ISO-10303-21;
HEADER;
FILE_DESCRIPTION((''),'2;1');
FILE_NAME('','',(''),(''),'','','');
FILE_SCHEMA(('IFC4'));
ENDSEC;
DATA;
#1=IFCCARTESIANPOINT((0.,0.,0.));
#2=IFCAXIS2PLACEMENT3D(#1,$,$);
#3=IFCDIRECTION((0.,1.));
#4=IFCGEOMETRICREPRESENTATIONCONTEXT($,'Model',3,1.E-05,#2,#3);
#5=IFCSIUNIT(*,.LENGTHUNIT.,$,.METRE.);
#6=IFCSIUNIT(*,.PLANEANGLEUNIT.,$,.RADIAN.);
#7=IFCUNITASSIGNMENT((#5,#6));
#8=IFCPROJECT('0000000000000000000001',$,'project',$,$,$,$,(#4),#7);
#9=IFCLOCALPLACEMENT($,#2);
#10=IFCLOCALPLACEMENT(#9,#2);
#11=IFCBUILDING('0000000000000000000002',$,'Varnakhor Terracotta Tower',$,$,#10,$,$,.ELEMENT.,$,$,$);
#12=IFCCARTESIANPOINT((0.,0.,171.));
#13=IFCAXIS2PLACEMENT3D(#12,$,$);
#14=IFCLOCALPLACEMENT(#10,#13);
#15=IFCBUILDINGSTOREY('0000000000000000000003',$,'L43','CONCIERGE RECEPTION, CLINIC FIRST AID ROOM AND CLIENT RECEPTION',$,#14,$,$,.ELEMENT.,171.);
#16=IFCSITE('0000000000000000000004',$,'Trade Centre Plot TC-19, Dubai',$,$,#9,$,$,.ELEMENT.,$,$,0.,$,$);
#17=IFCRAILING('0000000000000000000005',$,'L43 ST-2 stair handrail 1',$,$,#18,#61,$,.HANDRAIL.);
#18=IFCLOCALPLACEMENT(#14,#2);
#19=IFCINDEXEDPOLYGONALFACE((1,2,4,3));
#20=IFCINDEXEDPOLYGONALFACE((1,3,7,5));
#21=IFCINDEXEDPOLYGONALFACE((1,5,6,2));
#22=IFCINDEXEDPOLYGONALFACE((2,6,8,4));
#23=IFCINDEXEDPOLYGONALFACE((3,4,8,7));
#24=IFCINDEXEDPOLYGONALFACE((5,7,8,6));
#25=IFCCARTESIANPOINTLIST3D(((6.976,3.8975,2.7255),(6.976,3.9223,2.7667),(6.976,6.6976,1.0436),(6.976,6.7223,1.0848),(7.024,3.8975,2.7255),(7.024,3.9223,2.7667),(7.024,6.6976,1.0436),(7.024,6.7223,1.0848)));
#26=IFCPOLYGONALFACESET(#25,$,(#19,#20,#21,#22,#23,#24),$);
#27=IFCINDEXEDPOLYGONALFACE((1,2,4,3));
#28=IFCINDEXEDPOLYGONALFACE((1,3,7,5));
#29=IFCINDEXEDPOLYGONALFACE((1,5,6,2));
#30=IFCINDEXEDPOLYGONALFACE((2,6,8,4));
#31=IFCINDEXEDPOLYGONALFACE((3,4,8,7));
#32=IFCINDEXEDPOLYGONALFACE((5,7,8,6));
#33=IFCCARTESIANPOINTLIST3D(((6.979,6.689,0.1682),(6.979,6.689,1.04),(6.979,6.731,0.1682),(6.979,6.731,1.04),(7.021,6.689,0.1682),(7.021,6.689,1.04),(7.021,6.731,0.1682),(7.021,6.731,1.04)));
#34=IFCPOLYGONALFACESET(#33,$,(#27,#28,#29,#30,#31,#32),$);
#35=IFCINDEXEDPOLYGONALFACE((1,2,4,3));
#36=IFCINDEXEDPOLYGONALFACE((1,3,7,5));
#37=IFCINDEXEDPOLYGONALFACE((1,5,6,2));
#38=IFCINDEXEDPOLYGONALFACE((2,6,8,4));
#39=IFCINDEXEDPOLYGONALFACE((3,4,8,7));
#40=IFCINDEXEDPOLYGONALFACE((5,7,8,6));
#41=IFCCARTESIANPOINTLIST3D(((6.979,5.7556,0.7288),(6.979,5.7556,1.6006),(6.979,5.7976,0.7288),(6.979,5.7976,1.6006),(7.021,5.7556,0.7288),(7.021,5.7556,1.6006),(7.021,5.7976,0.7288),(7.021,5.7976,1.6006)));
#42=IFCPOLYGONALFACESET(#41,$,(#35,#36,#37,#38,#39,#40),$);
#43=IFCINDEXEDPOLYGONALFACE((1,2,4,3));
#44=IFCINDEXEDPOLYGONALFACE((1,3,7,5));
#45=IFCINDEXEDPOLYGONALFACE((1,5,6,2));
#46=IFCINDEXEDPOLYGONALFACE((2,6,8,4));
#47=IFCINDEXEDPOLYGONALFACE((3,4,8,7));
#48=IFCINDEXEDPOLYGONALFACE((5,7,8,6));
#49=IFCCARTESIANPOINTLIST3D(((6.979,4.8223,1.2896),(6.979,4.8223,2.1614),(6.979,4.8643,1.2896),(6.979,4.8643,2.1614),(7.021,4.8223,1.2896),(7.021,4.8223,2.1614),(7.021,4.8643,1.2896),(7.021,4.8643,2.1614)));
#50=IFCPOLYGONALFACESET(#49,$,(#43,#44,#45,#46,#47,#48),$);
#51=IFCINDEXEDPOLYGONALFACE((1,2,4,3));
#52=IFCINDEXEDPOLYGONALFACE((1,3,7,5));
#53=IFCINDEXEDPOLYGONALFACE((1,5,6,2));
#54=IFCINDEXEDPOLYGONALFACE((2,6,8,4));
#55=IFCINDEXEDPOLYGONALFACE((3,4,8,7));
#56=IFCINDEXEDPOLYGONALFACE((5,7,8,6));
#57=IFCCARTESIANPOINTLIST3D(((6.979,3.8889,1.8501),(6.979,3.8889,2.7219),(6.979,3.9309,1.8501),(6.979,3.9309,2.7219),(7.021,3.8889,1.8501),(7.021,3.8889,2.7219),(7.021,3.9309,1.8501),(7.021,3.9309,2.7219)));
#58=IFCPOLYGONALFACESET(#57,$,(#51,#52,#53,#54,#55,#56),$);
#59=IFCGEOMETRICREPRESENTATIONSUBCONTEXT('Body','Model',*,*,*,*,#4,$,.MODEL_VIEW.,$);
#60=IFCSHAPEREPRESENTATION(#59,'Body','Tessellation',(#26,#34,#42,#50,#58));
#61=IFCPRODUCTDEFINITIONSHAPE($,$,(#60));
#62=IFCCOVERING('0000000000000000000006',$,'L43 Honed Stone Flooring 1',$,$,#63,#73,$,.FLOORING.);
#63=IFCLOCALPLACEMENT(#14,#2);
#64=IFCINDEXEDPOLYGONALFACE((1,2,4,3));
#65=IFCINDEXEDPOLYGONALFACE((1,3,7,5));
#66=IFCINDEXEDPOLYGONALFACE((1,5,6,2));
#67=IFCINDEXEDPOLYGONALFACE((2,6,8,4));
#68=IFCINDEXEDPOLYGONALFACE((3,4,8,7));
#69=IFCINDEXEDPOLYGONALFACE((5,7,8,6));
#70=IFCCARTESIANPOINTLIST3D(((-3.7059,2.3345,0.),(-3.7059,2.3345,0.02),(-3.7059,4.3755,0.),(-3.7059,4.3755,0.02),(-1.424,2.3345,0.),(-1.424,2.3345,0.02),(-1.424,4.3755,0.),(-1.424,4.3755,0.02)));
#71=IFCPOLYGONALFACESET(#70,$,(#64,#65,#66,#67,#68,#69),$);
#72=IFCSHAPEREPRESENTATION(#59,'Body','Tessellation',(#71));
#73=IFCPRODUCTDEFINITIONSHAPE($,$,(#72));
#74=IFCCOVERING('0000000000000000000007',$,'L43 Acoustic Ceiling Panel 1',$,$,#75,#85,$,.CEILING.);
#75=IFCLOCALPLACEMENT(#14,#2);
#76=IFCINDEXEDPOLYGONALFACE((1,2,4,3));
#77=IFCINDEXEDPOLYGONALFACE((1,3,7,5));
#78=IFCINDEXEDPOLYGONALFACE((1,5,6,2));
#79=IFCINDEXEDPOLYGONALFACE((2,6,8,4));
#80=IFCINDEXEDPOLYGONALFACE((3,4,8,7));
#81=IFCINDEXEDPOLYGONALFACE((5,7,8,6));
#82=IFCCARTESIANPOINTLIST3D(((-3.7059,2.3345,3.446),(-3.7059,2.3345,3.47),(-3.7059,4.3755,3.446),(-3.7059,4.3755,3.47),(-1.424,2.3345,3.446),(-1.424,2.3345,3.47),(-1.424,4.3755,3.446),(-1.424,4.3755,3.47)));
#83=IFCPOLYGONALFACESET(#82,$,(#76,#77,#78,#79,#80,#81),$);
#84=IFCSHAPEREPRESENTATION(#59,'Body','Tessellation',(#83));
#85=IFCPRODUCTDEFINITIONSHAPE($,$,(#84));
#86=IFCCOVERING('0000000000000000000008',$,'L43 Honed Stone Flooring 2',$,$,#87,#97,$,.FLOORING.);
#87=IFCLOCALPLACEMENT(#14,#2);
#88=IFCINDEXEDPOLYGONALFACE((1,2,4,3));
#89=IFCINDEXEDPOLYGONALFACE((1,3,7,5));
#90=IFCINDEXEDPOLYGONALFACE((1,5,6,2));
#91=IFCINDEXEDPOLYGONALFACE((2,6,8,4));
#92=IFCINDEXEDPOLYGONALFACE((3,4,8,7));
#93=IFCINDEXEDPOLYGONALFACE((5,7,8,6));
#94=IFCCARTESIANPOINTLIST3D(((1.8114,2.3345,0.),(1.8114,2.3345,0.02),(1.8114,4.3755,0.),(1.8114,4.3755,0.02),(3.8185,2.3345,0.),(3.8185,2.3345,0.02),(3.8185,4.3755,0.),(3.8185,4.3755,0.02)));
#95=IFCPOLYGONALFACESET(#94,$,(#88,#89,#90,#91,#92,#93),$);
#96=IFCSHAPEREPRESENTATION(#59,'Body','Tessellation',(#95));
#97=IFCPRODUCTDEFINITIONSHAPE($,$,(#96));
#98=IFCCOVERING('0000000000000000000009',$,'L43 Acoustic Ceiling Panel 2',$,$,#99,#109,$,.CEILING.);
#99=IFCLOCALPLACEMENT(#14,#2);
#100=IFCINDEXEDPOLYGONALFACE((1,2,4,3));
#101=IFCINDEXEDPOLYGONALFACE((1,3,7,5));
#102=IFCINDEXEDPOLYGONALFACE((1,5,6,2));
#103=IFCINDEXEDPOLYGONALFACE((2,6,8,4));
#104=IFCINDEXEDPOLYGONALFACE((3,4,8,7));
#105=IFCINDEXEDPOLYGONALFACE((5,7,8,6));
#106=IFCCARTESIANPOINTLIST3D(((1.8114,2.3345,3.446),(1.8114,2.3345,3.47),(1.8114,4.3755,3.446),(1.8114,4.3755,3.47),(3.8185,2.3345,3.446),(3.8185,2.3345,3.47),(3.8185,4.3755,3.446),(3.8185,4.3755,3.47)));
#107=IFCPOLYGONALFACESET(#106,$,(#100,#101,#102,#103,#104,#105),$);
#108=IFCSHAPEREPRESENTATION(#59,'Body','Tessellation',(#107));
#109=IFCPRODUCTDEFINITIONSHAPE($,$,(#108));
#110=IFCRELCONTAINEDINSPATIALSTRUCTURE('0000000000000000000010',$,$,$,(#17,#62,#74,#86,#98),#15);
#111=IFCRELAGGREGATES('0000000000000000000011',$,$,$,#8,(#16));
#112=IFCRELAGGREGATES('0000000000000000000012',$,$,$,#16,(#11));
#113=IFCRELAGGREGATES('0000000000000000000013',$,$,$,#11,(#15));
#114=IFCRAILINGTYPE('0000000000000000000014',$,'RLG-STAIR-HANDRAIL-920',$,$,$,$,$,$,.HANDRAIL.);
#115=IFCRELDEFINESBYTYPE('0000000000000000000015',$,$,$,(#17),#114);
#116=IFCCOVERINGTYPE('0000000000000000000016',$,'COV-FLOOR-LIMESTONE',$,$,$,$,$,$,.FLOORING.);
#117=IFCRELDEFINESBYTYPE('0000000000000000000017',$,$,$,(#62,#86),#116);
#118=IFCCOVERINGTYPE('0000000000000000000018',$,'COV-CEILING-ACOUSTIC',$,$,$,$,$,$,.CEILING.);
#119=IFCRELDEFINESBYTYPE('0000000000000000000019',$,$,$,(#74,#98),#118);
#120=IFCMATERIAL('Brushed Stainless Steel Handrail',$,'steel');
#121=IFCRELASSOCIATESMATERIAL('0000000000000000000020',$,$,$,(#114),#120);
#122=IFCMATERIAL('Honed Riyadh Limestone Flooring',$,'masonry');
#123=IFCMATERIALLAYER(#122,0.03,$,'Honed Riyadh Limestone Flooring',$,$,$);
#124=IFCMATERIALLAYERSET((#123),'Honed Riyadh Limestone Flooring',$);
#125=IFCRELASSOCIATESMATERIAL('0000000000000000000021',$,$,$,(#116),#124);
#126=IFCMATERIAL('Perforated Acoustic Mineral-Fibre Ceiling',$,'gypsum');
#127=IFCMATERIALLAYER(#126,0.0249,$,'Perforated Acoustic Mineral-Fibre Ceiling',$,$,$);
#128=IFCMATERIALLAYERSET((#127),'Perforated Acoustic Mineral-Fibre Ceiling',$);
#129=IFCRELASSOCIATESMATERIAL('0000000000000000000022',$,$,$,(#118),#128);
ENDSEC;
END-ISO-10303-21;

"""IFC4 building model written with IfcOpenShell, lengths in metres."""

from ifc_helpers import new_model, si_unit, direction, frame, origin, origin_2d, place, context, subcontext, project, spatial, rectangle, extrude, source, transform, mapped, material, layer, layer_set, type_object, element, save


model = new_model("IFC4")

# Units and contexts
model_context = context("Model", 3, precision=1e-05, world=origin(), true_north=direction((0.0, 1.0)))
body_context = subcontext(model_context, "Body", "Model", "MODEL_VIEW")
ifc_project = project(units=[si_unit("LENGTHUNIT", "METRE"), si_unit("PLANEANGLEUNIT", "RADIAN")], contexts=[model_context])

# Site, building, storey
site_placement = place(None, origin())
site = spatial("IfcSite", under=ifc_project, at=site_placement, Name="Trade Centre Plot TC-19, Dubai", CompositionType="ELEMENT", RefElevation=0.0)
building_placement = place(site_placement, origin())
building = spatial("IfcBuilding", under=site, at=building_placement, Name="Varnakhor Terracotta Tower", CompositionType="ELEMENT")
storey_placement = place(building_placement, frame((0.0, 0.0, 171.0)))
storey = spatial("IfcBuildingStorey", under=building, at=storey_placement, Name="L43", Description="CONCIERGE RECEPTION, CLINIC FIRST AID ROOM AND CLIENT RECEPTION", CompositionType="ELEMENT", Elevation=171.0)

# Railing
ifc_material_1 = material(Name="Brushed Stainless Steel Handrail", Category="steel")
railing_type_1 = type_object("IfcRailingType", Name="RLG-STAIR-HANDRAIL-920", PredefinedType="HANDRAIL", material=ifc_material_1)
railing_1_placement = place(storey_placement, frame((7.0, 6.71, 0.1682)))
element("IfcRailing", 1, at=railing_1_placement, inside=storey, type_object=railing_type_1, Name="L43 ST-2 stair handrail 1", PredefinedType="HANDRAIL", context=body_context, shape_type="SweptSolid", body=[
    extrude(rectangle(XDim=0.0481, YDim=0.0481, at=origin_2d()), frame((0.0, 0.0, 0.896), z_axis=(0.0, -0.857242, 0.514913), x_axis=(1.0, 0.0, 0.0)), (0.0, 0.0, 1.0), 3.2664),
    extrude(rectangle(XDim=0.042, YDim=0.042, at=origin_2d()), origin(), (0.0, 0.0, 1.0), 0.8718),
    extrude(rectangle(XDim=0.042, YDim=0.042, at=origin_2d()), frame((0.0, -0.9333, 0.5605)), (0.0, 0.0, 1.0), 0.8718),
    extrude(rectangle(XDim=0.042, YDim=0.042, at=origin_2d()), frame((0.0, -1.8667, 1.1213)), (0.0, 0.0, 1.0), 0.8718),
    extrude(rectangle(XDim=0.042, YDim=0.042, at=origin_2d()), frame((0.0, -2.8, 1.6819)), (0.0, 0.0, 1.0), 0.8718),
])

# Coverings
ifc_material_2 = material(Name="Honed Riyadh Limestone Flooring", Category="masonry")
ifc_layer_1 = layer(ifc_material_2, 0.03, Name="Honed Riyadh Limestone Flooring")
ifc_layer_set_1 = layer_set([ifc_layer_1], Name="Honed Riyadh Limestone Flooring")
covering_type_1 = type_object("IfcCoveringType", Name="COV-FLOOR-LIMESTONE", PredefinedType="FLOORING", material=ifc_layer_set_1)
shared_shape_1 = source(origin(), body_context, "Body", "SweptSolid", [
    extrude(rectangle(XDim=2.282, YDim=2.041, at=origin_2d()), origin(), (0.0, 0.0, 1.0), 0.02),
])
covering_1_placement = place(storey_placement, frame((-2.5649, 3.355, 0.0), z_axis=(0.0, 0.0, 1.0), x_axis=(1.0, 0.0, 0.0)))
element("IfcCovering", 2, at=covering_1_placement, inside=storey, type_object=covering_type_1, Name="L43 Honed Stone Flooring 1", PredefinedType="FLOORING", context=body_context, shape_type="MappedRepresentation", body=[
    mapped(shared_shape_1, transform((0.0, 0.0, 0.0), scale=1.0)),
])
ifc_material_3 = material(Name="Perforated Acoustic Mineral-Fibre Ceiling", Category="gypsum")
ifc_layer_2 = layer(ifc_material_3, 0.0249, Name="Perforated Acoustic Mineral-Fibre Ceiling")
ifc_layer_set_2 = layer_set([ifc_layer_2], Name="Perforated Acoustic Mineral-Fibre Ceiling")
covering_type_2 = type_object("IfcCoveringType", Name="COV-CEILING-ACOUSTIC", PredefinedType="CEILING", material=ifc_layer_set_2)
shared_shape_2 = source(origin(), body_context, "Body", "SweptSolid", [
    extrude(rectangle(XDim=2.282, YDim=2.041, at=origin_2d()), origin(), (0.0, 0.0, 1.0), 0.0239),
])
covering_2_placement = place(storey_placement, frame((-2.5649, 3.355, 3.446), z_axis=(0.0, 0.0, 1.0), x_axis=(1.0, 0.0, 0.0)))
element("IfcCovering", 3, at=covering_2_placement, inside=storey, type_object=covering_type_2, Name="L43 Acoustic Ceiling Panel 1", PredefinedType="CEILING", context=body_context, shape_type="MappedRepresentation", body=[
    mapped(shared_shape_2, transform((0.0, 0.0, 0.0), scale=1.0)),
])
shared_shape_3 = source(origin(), body_context, "Body", "SweptSolid", [
    extrude(rectangle(XDim=2.0071, YDim=2.041, at=origin_2d()), origin(), (0.0, 0.0, 1.0), 0.02),
])
covering_3_placement = place(storey_placement, frame((2.8149, 3.355, 0.0), z_axis=(0.0, 0.0, 1.0), x_axis=(1.0, 0.0, 0.0)))
element("IfcCovering", 4, at=covering_3_placement, inside=storey, type_object=covering_type_1, Name="L43 Honed Stone Flooring 2", PredefinedType="FLOORING", context=body_context, shape_type="MappedRepresentation", body=[
    mapped(shared_shape_3, transform((0.0, 0.0, 0.0), scale=1.0)),
])
shared_shape_4 = source(origin(), body_context, "Body", "SweptSolid", [
    extrude(rectangle(XDim=2.0071, YDim=2.041, at=origin_2d()), origin(), (0.0, 0.0, 1.0), 0.0239),
])
covering_4_placement = place(storey_placement, frame((2.8149, 3.355, 3.446), z_axis=(0.0, 0.0, 1.0), x_axis=(1.0, 0.0, 0.0)))
element("IfcCovering", 5, at=covering_4_placement, inside=storey, type_object=covering_type_2, Name="L43 Acoustic Ceiling Panel 2", PredefinedType="CEILING", context=body_context, shape_type="MappedRepresentation", body=[
    mapped(shared_shape_4, transform((0.0, 0.0, 0.0), scale=1.0)),
])

save(model, "model.ifc")
